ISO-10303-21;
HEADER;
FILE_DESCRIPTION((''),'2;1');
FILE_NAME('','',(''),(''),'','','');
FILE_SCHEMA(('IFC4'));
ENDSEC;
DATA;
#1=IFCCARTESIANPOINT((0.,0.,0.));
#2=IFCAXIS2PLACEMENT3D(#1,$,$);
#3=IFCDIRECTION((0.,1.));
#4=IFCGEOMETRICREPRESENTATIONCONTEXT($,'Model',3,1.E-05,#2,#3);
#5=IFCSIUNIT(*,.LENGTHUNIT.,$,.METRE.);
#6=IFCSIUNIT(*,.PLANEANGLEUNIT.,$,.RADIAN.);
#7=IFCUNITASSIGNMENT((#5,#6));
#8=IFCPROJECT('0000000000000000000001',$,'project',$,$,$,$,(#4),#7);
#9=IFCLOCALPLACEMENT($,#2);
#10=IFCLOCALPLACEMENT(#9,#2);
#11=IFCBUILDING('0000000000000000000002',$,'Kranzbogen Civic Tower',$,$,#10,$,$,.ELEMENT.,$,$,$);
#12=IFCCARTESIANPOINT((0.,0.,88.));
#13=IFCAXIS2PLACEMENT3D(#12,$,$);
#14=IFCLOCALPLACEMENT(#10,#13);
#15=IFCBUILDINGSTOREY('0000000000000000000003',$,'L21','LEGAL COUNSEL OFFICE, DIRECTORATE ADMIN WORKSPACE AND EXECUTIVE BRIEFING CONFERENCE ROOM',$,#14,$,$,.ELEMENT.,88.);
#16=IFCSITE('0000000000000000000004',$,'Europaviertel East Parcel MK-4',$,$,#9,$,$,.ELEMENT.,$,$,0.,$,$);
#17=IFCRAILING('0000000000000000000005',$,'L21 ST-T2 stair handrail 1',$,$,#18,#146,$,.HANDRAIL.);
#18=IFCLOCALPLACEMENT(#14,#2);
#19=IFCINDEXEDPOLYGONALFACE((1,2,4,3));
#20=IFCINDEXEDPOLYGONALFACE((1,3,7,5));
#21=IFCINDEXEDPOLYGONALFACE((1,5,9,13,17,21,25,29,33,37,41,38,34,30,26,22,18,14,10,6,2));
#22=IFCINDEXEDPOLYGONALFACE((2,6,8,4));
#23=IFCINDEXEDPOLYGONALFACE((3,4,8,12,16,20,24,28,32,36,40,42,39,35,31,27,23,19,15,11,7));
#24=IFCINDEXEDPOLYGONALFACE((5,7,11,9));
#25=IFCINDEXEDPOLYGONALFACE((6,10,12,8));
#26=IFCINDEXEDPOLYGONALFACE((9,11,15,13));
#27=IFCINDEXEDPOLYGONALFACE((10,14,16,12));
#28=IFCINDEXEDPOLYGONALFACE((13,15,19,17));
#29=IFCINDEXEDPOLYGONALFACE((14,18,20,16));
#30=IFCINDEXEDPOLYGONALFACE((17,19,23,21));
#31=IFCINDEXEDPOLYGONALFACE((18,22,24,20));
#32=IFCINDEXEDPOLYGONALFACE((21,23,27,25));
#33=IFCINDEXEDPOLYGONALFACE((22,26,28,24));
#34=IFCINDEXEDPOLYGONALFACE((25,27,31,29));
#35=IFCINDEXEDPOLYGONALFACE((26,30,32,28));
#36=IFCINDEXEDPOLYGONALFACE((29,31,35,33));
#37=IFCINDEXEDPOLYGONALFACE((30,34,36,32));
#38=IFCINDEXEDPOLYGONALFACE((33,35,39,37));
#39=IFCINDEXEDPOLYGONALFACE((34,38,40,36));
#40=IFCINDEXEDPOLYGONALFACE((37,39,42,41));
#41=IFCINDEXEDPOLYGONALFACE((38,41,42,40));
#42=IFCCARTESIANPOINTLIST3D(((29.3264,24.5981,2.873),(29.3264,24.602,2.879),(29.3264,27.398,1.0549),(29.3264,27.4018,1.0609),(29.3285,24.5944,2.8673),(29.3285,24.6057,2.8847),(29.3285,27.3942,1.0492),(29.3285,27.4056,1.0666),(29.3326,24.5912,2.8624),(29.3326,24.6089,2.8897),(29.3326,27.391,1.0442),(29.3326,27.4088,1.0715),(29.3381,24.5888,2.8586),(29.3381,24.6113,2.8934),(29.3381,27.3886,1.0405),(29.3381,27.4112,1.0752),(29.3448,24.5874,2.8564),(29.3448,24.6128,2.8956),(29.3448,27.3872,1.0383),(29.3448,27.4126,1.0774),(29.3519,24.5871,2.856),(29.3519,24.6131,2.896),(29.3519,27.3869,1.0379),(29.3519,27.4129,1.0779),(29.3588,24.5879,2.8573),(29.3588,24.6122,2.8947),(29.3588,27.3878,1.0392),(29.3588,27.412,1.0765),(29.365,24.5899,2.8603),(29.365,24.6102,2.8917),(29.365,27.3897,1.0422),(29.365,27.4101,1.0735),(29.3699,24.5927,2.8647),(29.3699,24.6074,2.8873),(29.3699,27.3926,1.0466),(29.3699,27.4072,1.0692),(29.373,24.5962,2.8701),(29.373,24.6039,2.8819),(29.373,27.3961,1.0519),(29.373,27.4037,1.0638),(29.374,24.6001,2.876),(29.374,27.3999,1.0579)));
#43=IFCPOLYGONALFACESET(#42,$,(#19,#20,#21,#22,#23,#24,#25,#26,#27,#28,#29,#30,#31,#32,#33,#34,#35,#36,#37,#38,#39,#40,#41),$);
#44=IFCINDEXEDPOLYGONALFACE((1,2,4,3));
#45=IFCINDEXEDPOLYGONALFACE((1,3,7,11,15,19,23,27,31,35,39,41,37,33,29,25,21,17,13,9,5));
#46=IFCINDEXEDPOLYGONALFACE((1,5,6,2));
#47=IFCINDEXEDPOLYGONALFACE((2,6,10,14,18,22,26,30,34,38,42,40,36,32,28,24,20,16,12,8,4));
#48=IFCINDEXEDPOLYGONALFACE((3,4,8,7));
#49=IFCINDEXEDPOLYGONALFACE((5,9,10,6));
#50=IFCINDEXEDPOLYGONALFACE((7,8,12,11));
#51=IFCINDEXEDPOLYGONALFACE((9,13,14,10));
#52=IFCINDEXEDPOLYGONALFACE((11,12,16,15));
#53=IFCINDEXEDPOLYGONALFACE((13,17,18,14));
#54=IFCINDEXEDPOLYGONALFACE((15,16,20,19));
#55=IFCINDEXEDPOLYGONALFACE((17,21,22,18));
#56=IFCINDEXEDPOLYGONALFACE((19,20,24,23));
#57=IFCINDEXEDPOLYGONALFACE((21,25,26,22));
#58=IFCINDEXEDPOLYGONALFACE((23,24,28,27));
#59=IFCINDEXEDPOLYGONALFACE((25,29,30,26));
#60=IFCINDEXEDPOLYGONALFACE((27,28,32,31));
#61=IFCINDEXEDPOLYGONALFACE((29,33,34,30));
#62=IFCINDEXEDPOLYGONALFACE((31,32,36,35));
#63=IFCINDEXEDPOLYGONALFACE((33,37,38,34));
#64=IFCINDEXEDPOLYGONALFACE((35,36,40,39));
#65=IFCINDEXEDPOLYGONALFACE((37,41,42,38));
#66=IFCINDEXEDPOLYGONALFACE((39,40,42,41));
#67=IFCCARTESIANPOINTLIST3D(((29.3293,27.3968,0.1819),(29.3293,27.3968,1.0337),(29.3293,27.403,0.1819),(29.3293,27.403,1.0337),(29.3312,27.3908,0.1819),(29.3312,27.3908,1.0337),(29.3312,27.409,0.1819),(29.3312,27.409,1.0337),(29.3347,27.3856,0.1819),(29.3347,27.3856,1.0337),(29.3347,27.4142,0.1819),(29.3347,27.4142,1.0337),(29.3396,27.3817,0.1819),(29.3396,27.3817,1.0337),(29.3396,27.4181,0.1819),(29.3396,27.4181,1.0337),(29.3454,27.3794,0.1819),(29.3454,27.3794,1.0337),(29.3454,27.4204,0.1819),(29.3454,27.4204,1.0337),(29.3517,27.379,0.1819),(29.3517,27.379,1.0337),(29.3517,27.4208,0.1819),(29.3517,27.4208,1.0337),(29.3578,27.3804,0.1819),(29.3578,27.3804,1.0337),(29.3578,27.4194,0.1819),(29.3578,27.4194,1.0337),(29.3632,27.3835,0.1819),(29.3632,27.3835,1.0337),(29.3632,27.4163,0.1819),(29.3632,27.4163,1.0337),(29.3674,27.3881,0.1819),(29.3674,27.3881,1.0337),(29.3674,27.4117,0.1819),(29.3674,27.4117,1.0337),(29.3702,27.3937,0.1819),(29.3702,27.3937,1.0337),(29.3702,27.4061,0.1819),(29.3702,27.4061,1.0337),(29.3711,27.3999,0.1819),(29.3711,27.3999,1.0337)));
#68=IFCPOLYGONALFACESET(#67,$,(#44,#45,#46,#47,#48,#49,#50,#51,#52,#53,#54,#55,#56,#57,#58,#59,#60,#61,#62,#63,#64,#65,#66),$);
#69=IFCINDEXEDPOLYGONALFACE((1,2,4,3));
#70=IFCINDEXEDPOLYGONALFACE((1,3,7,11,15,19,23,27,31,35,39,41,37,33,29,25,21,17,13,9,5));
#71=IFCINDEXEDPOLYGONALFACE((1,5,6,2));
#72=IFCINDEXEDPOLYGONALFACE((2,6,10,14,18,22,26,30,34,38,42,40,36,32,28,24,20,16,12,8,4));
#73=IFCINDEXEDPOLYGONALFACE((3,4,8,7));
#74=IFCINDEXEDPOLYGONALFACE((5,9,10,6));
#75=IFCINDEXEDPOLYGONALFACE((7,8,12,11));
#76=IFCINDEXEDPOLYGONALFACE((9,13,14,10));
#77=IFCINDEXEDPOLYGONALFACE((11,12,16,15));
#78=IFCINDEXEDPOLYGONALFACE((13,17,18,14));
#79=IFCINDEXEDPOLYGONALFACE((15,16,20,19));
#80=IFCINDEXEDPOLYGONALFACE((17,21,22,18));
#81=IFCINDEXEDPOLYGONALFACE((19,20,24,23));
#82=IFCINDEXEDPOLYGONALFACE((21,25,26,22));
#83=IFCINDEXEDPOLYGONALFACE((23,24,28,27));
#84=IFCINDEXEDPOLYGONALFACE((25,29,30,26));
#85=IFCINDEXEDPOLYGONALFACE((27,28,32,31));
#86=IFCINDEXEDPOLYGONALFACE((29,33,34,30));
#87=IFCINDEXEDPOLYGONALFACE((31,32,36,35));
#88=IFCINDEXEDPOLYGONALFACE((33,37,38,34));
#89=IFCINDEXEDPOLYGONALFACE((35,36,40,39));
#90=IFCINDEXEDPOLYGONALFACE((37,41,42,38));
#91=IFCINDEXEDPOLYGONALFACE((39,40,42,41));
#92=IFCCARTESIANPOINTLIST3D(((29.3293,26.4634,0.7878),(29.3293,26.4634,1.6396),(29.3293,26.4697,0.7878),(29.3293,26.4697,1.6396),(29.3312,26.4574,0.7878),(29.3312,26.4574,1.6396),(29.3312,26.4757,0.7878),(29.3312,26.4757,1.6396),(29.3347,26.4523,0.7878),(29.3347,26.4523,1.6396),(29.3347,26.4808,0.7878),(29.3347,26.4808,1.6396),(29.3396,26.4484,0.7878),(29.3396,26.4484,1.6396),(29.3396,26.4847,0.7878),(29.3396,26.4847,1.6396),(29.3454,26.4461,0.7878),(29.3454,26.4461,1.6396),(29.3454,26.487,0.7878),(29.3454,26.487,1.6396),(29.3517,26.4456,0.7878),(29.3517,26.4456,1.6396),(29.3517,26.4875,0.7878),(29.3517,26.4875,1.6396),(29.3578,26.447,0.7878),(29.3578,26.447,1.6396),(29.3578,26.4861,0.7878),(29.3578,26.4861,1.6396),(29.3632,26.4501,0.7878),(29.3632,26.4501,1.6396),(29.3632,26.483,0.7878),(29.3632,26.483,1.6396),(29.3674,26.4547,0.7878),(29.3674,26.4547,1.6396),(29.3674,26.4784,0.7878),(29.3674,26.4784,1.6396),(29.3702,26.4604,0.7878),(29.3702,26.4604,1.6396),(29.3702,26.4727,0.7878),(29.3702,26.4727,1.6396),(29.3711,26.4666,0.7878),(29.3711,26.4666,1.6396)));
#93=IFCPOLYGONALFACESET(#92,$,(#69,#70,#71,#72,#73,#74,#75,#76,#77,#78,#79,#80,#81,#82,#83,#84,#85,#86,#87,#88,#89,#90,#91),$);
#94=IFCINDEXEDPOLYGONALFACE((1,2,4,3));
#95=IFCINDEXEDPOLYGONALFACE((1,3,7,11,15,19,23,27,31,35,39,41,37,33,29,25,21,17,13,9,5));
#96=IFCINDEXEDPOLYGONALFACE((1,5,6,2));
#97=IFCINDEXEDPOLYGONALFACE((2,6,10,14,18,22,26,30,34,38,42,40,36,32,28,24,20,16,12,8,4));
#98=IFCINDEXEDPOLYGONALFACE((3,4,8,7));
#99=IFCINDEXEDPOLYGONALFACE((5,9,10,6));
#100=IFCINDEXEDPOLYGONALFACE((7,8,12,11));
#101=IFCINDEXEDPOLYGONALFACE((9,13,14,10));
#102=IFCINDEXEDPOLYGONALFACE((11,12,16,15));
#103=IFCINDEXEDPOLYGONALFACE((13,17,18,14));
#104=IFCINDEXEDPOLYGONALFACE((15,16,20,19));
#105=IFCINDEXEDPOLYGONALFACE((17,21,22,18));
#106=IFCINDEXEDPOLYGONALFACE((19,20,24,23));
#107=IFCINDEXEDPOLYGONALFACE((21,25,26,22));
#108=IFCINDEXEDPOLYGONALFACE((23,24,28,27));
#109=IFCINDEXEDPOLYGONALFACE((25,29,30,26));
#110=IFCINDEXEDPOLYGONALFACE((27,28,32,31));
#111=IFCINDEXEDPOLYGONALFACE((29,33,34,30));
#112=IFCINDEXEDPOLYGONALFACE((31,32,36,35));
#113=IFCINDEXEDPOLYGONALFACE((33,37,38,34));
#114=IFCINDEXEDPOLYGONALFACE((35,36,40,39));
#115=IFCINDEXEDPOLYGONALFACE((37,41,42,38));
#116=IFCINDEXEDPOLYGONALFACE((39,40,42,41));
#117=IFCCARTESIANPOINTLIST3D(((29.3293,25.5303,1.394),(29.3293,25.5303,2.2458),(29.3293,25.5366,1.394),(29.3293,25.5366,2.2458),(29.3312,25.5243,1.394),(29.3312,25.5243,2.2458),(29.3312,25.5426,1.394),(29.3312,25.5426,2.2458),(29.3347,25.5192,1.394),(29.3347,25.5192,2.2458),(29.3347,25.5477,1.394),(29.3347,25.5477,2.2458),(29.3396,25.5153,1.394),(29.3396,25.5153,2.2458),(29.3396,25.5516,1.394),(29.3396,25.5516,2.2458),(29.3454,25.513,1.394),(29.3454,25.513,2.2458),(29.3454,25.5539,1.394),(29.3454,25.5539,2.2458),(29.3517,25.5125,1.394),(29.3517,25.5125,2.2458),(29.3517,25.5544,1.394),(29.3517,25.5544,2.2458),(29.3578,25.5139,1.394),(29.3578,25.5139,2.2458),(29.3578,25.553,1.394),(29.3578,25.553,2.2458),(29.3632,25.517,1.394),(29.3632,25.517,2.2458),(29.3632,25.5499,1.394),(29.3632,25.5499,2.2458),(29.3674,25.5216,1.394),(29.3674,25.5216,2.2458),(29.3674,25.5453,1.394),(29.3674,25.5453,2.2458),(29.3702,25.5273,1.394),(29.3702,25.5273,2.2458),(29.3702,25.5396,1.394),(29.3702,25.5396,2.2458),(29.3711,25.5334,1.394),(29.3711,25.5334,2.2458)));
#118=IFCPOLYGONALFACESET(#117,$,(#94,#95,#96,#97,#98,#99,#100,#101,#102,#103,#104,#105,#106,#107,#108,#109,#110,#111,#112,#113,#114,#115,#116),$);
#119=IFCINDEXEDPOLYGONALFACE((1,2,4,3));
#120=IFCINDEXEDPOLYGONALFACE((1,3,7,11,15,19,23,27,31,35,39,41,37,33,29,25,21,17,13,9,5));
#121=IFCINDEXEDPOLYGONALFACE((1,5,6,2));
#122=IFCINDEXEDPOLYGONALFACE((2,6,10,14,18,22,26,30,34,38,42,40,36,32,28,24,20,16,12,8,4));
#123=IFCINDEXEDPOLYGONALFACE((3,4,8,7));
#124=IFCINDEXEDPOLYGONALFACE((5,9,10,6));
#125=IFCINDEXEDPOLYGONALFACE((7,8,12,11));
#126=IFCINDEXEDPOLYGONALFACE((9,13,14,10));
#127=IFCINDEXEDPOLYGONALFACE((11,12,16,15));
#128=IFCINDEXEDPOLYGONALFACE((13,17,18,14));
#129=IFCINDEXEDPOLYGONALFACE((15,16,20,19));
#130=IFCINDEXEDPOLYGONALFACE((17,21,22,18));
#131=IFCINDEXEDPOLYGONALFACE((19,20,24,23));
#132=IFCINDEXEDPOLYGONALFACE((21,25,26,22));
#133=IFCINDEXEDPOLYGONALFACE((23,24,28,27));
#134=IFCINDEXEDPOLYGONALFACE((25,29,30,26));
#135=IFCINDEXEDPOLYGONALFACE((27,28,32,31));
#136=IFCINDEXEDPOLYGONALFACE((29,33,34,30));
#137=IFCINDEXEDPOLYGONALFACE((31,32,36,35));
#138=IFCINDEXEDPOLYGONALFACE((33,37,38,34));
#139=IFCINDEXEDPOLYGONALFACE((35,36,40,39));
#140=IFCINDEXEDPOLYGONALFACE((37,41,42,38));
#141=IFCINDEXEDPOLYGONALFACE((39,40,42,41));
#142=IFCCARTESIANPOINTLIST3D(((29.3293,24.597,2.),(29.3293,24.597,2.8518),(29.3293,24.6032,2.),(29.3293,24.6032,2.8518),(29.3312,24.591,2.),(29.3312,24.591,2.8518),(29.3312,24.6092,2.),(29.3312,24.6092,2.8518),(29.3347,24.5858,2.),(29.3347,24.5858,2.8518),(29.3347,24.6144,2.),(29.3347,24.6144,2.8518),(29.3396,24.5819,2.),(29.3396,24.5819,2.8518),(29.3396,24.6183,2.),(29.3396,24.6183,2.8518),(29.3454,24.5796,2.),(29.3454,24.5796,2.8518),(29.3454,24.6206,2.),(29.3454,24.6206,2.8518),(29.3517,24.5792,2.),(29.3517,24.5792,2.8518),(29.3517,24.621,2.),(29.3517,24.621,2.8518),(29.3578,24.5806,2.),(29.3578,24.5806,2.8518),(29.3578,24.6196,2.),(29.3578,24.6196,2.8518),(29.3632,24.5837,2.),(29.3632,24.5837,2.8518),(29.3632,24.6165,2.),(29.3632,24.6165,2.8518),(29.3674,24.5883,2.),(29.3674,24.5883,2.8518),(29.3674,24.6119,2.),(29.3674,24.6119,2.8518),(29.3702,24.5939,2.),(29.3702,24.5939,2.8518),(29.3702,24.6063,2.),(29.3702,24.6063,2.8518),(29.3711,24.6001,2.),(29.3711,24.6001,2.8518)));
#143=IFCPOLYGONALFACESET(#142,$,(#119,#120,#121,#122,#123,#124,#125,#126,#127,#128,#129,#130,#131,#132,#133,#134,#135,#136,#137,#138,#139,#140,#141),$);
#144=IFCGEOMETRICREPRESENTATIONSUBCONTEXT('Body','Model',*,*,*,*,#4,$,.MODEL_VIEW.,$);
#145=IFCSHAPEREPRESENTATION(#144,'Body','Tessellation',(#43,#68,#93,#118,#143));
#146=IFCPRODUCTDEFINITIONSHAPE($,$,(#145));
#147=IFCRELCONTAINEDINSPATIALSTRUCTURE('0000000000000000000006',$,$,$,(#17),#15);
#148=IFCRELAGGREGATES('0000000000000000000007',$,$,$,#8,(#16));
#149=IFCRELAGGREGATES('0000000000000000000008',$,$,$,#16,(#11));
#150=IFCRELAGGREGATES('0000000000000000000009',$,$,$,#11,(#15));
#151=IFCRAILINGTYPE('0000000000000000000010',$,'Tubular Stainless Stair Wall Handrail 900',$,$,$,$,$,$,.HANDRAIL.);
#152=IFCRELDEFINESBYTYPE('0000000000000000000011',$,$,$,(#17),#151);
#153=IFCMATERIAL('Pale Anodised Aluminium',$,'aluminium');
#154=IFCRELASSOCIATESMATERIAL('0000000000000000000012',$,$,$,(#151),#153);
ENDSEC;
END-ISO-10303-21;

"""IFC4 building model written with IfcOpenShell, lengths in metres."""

from ifc_helpers import new_model, si_unit, direction, frame, origin, origin_2d, place, context, subcontext, project, spatial, circle, extrude, material, type_object, element, save


model = new_model("IFC4")

# Units and contexts
model_context = context("Model", 3, precision=1e-05, world=origin(), true_north=direction((0.0, 1.0)))
body_context = subcontext(model_context, "Body", "Model", "MODEL_VIEW")
ifc_project = project(units=[si_unit("LENGTHUNIT", "METRE"), si_unit("PLANEANGLEUNIT", "RADIAN")], contexts=[model_context])

# Site, building, storey
site_placement = place(None, origin())
site = spatial("IfcSite", under=ifc_project, at=site_placement, Name="Europaviertel East Parcel MK-4", CompositionType="ELEMENT", RefElevation=0.0)
building_placement = place(site_placement, origin())
building = spatial("IfcBuilding", under=site, at=building_placement, Name="Kranzbogen Civic Tower", CompositionType="ELEMENT")
storey_placement = place(building_placement, frame((0.0, 0.0, 88.0)))
storey = spatial("IfcBuildingStorey", under=building, at=storey_placement, Name="L21", Description="LEGAL COUNSEL OFFICE, DIRECTORATE ADMIN WORKSPACE AND EXECUTIVE BRIEFING CONFERENCE ROOM", CompositionType="ELEMENT", Elevation=88.0)

# Shared definitions
ifc_material_1 = material(Name="Pale Anodised Aluminium", Category="aluminium")

# Railing
railing_type_1 = type_object("IfcRailingType", Name="Tubular Stainless Stair Wall Handrail 900", PredefinedType="HANDRAIL", material=ifc_material_1)
railing_1_placement = place(storey_placement, frame((29.3501, 27.3999, 0.1819)))
element("IfcRailing", 1, at=railing_1_placement, inside=storey, type_object=railing_type_1, Name="L21 ST-T2 stair handrail 1", PredefinedType="HANDRAIL", context=body_context, shape_type="SweptSolid", body=[
    extrude(circle(Radius=0.0239, at=origin_2d()), frame((0.0, 0.0, 0.876), z_axis=(0.0, -0.838684, 0.544618), x_axis=(1.0, 0.0, 0.0)), (0.0, 0.0, 1.0), 3.3384),
    extrude(circle(Radius=0.021, at=origin_2d()), origin(), (0.0, 0.0, 1.0), 0.8518),
    extrude(circle(Radius=0.021, at=origin_2d()), frame((0.0, -0.9333, 0.606)), (0.0, 0.0, 1.0), 0.8518),
    extrude(circle(Radius=0.021, at=origin_2d()), frame((0.0, -1.8665, 1.2122)), (0.0, 0.0, 1.0), 0.8518),
    extrude(circle(Radius=0.021, at=origin_2d()), frame((0.0, -2.7998, 1.8181)), (0.0, 0.0, 1.0), 0.8518),
])

save(model, "model.ifc")
